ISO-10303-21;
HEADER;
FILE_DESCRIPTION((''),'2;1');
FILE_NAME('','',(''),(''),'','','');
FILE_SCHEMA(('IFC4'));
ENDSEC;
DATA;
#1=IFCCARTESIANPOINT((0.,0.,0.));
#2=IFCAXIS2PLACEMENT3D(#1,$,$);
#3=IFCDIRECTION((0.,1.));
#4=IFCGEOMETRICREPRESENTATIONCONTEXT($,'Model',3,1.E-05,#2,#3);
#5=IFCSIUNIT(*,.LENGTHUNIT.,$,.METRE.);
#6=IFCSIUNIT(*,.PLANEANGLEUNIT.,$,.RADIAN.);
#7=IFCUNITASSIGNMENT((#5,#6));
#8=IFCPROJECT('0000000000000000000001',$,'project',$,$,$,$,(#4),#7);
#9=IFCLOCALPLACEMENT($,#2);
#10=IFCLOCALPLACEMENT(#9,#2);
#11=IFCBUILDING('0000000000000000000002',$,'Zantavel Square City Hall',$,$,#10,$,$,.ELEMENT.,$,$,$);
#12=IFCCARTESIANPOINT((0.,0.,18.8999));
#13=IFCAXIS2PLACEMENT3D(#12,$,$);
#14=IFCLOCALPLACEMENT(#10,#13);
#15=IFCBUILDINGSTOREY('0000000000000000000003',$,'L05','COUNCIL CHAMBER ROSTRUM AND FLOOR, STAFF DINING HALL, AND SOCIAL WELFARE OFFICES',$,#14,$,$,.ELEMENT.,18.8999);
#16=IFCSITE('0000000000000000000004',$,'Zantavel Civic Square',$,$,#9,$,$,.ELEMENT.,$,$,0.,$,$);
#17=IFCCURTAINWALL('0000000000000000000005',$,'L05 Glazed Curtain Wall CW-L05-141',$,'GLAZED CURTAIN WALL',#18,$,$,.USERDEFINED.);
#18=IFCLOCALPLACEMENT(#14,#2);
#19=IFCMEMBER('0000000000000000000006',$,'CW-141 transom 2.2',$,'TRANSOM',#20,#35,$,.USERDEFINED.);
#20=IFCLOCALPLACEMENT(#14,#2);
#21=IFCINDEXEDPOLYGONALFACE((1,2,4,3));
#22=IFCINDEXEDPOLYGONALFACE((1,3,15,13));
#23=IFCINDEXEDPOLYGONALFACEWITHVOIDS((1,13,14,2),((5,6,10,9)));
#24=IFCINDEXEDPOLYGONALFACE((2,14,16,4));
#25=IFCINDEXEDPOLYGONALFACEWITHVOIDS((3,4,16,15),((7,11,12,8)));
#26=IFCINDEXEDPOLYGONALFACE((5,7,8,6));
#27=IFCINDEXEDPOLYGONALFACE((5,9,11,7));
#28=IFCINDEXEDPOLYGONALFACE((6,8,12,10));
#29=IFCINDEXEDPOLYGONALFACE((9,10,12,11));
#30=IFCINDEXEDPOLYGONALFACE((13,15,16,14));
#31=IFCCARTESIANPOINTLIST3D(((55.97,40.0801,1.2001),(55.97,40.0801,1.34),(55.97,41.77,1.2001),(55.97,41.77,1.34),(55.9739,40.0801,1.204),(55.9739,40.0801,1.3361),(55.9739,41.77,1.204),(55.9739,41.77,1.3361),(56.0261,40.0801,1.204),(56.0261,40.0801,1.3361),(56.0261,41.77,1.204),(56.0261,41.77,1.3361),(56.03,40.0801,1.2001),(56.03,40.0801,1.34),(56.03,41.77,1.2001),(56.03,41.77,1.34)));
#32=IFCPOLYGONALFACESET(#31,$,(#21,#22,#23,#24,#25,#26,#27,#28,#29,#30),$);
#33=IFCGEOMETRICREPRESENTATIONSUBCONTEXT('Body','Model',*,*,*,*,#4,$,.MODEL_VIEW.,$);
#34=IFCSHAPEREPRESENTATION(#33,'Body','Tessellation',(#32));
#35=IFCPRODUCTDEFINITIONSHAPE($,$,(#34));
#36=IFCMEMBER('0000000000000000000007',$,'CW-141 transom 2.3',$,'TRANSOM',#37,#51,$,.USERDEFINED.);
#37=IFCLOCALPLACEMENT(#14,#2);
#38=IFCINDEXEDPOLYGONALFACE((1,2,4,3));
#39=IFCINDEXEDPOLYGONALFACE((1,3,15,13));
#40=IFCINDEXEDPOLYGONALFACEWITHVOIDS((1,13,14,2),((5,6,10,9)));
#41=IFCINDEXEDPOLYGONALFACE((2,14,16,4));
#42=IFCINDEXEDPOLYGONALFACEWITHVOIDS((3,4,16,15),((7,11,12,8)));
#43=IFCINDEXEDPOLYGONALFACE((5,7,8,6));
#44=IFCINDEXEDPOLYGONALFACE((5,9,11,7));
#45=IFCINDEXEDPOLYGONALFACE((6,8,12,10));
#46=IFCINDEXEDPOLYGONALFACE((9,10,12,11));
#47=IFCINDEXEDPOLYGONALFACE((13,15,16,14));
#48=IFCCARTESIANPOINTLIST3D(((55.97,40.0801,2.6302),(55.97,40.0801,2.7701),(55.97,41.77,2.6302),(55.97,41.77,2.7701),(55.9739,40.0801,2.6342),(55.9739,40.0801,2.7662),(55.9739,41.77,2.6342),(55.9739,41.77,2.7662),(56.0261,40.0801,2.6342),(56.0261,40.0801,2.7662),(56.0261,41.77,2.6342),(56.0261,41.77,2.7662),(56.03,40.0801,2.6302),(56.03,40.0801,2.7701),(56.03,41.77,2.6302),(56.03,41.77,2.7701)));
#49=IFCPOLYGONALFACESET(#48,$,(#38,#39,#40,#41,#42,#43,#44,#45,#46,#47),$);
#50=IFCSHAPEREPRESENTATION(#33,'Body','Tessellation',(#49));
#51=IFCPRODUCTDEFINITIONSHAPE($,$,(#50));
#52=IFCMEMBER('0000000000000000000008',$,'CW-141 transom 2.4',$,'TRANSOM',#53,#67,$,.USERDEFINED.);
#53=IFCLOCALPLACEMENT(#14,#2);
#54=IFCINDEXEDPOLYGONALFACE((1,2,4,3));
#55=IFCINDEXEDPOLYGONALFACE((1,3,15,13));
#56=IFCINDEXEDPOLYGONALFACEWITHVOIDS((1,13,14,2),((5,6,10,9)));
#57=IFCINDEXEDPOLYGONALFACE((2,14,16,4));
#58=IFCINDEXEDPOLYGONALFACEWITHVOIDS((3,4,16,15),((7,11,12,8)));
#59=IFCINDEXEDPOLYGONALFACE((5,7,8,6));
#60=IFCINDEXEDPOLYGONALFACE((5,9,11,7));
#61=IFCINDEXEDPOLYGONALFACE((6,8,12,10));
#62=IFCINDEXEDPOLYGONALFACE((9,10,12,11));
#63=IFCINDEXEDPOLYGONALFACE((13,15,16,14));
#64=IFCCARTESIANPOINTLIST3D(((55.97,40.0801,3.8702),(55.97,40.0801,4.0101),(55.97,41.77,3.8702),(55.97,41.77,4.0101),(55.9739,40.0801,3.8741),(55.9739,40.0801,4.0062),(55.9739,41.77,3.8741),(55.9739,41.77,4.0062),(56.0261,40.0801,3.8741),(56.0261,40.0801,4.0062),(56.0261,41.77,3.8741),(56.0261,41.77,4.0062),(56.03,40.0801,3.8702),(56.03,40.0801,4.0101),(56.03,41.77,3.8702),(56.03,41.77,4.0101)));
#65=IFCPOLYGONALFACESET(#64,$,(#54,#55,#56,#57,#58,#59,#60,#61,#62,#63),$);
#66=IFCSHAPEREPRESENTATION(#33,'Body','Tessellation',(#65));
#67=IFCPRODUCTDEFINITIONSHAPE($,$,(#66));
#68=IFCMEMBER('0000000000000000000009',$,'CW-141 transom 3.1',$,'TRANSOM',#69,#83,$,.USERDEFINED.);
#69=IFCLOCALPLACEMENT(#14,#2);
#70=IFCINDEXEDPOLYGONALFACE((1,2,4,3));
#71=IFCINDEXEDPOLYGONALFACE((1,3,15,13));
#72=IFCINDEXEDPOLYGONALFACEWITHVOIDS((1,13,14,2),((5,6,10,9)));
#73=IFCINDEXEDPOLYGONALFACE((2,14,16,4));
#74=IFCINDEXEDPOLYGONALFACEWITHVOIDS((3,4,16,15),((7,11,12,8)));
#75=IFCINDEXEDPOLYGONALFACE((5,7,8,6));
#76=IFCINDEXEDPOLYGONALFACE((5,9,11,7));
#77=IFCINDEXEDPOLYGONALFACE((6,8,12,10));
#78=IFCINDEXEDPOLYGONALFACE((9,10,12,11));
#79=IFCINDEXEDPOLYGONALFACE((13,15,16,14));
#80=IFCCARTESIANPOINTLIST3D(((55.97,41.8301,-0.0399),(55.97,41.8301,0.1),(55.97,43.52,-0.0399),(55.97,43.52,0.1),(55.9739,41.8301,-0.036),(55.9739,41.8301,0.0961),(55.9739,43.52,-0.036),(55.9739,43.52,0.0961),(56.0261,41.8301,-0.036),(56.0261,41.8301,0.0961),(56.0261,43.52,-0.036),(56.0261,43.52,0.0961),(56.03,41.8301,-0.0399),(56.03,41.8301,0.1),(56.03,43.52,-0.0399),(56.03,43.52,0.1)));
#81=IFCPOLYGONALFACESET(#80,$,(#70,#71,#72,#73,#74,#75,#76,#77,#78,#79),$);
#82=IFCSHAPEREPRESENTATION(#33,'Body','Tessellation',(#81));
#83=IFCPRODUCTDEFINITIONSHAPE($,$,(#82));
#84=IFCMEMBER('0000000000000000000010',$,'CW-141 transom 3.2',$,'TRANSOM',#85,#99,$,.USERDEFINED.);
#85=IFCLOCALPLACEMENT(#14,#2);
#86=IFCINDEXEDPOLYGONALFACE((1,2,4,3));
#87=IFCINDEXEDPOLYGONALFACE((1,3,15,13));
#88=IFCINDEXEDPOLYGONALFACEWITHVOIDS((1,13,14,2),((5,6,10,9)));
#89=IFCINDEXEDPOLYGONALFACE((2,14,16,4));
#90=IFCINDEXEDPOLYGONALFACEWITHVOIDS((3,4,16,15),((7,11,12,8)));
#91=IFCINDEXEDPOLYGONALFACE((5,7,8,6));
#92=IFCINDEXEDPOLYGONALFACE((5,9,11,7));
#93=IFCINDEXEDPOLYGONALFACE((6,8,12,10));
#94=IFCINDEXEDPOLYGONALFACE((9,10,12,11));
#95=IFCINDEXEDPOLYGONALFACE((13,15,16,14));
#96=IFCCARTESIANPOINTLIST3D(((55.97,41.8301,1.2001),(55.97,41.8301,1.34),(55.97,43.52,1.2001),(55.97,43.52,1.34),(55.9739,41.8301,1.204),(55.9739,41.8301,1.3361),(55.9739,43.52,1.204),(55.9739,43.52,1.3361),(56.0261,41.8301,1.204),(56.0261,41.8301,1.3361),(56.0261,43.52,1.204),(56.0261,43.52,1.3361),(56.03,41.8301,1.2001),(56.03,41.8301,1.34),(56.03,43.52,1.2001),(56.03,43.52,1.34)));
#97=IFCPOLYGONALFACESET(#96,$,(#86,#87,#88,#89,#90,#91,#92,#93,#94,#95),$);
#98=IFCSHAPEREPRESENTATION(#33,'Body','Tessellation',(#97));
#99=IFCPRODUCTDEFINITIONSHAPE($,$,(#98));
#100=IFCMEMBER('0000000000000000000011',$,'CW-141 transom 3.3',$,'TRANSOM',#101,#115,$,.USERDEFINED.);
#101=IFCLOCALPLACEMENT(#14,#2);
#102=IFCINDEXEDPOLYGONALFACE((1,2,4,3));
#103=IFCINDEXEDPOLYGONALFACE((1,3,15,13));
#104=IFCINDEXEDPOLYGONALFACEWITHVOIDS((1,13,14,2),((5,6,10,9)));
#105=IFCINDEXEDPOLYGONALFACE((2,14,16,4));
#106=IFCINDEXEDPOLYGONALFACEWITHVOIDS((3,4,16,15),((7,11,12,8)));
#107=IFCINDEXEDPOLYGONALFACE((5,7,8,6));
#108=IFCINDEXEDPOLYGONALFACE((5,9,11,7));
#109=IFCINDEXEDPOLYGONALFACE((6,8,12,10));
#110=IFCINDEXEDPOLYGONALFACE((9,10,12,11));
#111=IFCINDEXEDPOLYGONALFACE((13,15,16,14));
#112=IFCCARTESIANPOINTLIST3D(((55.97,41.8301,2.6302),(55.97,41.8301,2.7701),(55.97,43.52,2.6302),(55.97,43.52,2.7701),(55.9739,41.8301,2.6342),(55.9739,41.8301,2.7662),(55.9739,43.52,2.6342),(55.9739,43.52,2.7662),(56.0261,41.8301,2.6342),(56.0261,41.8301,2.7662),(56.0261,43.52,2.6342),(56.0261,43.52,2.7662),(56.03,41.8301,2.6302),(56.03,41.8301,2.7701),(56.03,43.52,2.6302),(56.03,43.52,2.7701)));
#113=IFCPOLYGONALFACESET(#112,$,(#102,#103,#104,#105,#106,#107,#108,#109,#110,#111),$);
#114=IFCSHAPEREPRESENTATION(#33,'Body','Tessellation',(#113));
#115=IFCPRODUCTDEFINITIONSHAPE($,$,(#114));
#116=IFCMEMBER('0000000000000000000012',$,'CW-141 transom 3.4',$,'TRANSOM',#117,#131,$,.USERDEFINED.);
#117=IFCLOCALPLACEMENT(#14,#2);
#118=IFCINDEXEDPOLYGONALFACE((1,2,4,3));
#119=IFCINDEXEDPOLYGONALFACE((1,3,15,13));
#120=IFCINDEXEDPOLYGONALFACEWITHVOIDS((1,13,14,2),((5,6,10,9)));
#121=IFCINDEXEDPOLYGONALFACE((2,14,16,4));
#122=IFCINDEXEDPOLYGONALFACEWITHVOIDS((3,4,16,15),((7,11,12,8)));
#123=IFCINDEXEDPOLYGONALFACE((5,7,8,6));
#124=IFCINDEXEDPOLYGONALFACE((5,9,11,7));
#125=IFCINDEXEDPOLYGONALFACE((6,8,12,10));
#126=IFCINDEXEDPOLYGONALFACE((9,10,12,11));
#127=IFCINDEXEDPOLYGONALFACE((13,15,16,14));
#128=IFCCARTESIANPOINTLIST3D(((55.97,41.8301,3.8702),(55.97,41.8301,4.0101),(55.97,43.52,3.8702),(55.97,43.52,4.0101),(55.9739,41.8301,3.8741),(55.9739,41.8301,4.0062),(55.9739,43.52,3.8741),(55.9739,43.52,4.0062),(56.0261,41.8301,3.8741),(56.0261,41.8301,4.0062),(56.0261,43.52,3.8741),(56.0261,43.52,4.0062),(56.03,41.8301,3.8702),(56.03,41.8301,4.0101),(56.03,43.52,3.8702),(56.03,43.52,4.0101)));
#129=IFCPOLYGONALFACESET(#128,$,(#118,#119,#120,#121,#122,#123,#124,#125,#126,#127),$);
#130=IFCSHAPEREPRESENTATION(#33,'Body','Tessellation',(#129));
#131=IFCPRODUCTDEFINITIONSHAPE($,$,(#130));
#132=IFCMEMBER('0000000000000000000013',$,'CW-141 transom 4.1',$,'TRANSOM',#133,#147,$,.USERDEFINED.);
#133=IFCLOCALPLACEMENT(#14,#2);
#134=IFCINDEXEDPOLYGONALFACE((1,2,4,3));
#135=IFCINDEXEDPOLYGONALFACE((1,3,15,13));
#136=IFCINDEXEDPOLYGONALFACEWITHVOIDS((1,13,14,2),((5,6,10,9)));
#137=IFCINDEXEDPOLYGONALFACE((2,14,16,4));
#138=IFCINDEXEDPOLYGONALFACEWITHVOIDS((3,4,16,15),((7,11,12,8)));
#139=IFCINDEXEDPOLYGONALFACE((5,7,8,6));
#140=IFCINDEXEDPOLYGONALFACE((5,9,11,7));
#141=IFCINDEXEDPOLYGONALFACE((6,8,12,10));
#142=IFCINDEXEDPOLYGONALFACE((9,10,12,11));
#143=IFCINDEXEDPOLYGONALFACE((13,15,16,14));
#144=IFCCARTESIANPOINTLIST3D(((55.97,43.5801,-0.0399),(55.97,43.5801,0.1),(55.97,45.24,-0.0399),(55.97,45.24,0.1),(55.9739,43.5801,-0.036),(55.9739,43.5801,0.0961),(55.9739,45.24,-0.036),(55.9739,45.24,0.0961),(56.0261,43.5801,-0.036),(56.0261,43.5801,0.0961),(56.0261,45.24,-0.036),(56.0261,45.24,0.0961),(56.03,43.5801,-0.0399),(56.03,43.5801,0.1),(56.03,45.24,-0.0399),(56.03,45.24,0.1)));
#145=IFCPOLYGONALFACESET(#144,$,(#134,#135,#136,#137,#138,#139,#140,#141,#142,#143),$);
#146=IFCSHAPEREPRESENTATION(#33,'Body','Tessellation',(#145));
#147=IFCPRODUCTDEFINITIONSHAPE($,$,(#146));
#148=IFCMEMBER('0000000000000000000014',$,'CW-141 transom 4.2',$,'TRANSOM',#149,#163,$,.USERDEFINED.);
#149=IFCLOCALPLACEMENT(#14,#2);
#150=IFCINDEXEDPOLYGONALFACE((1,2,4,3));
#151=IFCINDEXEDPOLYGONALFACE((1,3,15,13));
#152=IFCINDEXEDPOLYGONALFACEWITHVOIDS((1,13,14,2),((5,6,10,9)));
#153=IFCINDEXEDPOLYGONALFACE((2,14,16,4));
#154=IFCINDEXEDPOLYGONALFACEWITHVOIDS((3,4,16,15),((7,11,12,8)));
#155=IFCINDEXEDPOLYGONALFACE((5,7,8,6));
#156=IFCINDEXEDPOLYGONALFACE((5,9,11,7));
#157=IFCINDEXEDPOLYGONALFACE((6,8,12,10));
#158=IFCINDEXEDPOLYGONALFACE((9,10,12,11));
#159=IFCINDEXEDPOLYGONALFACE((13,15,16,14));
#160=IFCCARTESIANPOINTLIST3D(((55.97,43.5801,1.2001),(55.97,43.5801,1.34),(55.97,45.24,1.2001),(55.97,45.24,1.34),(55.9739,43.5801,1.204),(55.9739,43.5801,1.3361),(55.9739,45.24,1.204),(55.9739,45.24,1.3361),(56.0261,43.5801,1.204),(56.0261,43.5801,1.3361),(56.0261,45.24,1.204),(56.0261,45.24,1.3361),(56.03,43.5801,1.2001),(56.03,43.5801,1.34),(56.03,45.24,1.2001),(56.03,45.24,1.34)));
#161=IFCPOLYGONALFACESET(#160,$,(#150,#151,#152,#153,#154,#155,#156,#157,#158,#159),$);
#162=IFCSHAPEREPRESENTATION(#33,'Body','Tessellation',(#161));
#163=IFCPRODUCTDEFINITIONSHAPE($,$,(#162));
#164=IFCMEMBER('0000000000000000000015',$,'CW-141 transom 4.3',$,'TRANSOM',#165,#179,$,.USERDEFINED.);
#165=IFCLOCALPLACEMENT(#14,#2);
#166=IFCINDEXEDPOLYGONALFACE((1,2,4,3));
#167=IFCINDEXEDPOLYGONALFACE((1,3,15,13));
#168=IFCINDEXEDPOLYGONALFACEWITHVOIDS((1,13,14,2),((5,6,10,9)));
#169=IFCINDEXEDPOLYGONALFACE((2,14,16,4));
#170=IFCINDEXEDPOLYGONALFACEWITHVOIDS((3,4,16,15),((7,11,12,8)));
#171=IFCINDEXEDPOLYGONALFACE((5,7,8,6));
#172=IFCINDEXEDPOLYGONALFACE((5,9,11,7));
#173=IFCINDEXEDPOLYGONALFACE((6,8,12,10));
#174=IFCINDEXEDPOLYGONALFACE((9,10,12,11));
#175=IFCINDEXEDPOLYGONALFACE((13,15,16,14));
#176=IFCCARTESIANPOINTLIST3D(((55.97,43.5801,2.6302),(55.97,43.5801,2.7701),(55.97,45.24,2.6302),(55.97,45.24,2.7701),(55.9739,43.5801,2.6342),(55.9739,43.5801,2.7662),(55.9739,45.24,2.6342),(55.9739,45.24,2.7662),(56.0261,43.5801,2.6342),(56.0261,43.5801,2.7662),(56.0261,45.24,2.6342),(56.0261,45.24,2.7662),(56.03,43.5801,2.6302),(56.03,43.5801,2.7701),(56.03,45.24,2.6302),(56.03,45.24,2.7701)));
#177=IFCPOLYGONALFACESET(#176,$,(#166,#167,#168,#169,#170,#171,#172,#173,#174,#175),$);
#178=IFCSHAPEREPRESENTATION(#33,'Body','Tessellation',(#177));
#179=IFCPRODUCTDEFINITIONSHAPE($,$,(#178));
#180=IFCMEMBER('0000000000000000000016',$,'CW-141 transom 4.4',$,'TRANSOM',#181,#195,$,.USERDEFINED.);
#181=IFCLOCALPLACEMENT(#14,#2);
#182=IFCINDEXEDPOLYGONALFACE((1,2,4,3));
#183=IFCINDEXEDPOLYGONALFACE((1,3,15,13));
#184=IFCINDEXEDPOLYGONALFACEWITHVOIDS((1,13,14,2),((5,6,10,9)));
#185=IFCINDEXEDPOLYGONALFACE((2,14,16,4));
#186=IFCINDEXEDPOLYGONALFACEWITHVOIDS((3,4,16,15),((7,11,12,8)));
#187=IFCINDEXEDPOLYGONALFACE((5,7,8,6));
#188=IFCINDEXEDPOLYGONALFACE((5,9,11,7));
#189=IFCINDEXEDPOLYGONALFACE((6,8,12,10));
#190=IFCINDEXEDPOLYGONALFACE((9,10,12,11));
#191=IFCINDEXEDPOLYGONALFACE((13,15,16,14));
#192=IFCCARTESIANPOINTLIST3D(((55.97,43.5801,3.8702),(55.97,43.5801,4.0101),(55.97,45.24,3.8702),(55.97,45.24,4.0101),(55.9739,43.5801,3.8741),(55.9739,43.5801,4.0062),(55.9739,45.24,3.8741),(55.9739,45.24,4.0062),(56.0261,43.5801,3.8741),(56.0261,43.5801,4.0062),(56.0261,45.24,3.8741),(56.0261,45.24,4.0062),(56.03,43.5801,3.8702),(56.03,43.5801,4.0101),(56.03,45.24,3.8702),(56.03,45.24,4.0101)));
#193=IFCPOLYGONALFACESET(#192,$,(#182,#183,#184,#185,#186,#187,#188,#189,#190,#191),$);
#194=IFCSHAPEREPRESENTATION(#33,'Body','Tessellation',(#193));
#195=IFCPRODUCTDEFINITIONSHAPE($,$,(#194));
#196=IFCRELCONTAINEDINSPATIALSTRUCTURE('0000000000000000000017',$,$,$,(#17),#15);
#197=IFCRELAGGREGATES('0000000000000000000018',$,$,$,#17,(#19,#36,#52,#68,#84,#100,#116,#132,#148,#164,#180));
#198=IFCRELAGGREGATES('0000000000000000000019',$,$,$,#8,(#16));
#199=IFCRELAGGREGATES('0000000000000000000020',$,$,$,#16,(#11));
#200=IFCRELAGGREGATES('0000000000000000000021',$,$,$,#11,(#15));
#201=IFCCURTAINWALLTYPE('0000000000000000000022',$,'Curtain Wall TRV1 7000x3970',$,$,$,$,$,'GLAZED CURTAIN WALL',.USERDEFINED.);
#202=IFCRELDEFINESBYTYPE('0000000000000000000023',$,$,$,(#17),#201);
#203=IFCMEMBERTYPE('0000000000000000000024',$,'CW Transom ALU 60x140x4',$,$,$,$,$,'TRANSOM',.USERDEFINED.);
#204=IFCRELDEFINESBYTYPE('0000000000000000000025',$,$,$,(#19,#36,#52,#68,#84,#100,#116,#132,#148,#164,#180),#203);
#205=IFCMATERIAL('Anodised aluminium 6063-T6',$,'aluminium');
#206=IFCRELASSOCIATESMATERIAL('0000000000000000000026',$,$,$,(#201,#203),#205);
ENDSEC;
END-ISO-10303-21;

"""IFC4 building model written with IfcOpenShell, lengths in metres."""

from ifc_helpers import new_model, si_unit, direction, frame, origin, origin_2d, place, context, subcontext, project, spatial, hollow_rectangle, extrude, material, material_profile, profile_set, type_object, element, aggregate, save


model = new_model("IFC4")

# Units and contexts
model_context = context("Model", 3, precision=1e-05, world=origin(), true_north=direction((0.0, 1.0)))
body_context = subcontext(model_context, "Body", "Model", "MODEL_VIEW")
ifc_project = project(units=[si_unit("LENGTHUNIT", "METRE"), si_unit("PLANEANGLEUNIT", "RADIAN")], contexts=[model_context])

# Site, building, storey
site_placement = place(None, origin())
site = spatial("IfcSite", under=ifc_project, at=site_placement, Name="Zantavel Civic Square", CompositionType="ELEMENT", RefElevation=0.0)
building_placement = place(site_placement, origin())
building = spatial("IfcBuilding", under=site, at=building_placement, Name="Zantavel Square City Hall", CompositionType="ELEMENT")
storey_placement = place(building_placement, frame((0.0, 0.0, 18.8999)))
storey = spatial("IfcBuildingStorey", under=building, at=storey_placement, Name="L05", Description="COUNCIL CHAMBER ROSTRUM AND FLOOR, STAFF DINING HALL, AND SOCIAL WELFARE OFFICES", CompositionType="ELEMENT", Elevation=18.8999)

# Shared definitions
ifc_material_1 = material(Name="Anodised aluminium 6063-T6", Category="aluminium")
curtain_wall_type = type_object("IfcCurtainWallType", Name="Curtain Wall TRV1 7000x3970", ElementType="GLAZED CURTAIN WALL", PredefinedType="USERDEFINED", material=ifc_material_1)

# Curtain wall, members
curtain_wall_1_placement = place(storey_placement, origin())
curtain_wall_1 = element("IfcCurtainWall", 1, at=curtain_wall_1_placement, inside=storey, type_object=curtain_wall_type, Name="L05 Glazed Curtain Wall CW-L05-141", ObjectType="GLAZED CURTAIN WALL", PredefinedType="USERDEFINED")
ifc_material_profile_1 = material_profile(ifc_material_1, hollow_rectangle(XDim=0.0601, YDim=0.1399, WallThickness=0.0039, at=origin_2d()), Name="ALU 60x140x4")
ifc_profile_set_1 = profile_set([ifc_material_profile_1], Name="Anodised aluminium 6063-T6")
member_type_1 = type_object("IfcMemberType", Name="CW Transom ALU 60x140x4", ElementType="TRANSOM", PredefinedType="USERDEFINED", material=ifc_profile_set_1)
member_1_placement = place(storey_placement, frame((56.0, 40.0801, 1.27), z_axis=(0.0, 1.0, 0.0), x_axis=(-1.0, 0.0, 0.0)))
member_1 = element("IfcMember", 2, at=member_1_placement, type_object=member_type_1, Name="CW-141 transom 2.2", ObjectType="TRANSOM", PredefinedType="USERDEFINED", context=body_context, shape_type="SweptSolid", body=[
    extrude(hollow_rectangle(XDim=0.0601, YDim=0.1399, WallThickness=0.0039, at=origin_2d()), origin(), (0.0, 0.0, 1.0), 1.6899),
])
member_2_placement = place(storey_placement, frame((56.0, 40.0801, 2.7002), z_axis=(0.0, 1.0, 0.0), x_axis=(-1.0, 0.0, 0.0)))
member_2 = element("IfcMember", 3, at=member_2_placement, type_object=member_type_1, Name="CW-141 transom 2.3", ObjectType="TRANSOM", PredefinedType="USERDEFINED", context=body_context, shape_type="SweptSolid", body=[
    extrude(hollow_rectangle(XDim=0.0601, YDim=0.1399, WallThickness=0.0039, at=origin_2d()), origin(), (0.0, 0.0, 1.0), 1.6899),
])
member_3_placement = place(storey_placement, frame((56.0, 40.0801, 3.9402), z_axis=(0.0, 1.0, 0.0), x_axis=(-1.0, 0.0, 0.0)))
member_3 = element("IfcMember", 4, at=member_3_placement, type_object=member_type_1, Name="CW-141 transom 2.4", ObjectType="TRANSOM", PredefinedType="USERDEFINED", context=body_context, shape_type="SweptSolid", body=[
    extrude(hollow_rectangle(XDim=0.0601, YDim=0.1399, WallThickness=0.0039, at=origin_2d()), origin(), (0.0, 0.0, 1.0), 1.6899),
])
member_4_placement = place(storey_placement, frame((56.0, 41.8301, 0.03), z_axis=(0.0, 1.0, 0.0), x_axis=(-1.0, 0.0, 0.0)))
member_4 = element("IfcMember", 5, at=member_4_placement, type_object=member_type_1, Name="CW-141 transom 3.1", ObjectType="TRANSOM", PredefinedType="USERDEFINED", context=body_context, shape_type="SweptSolid", body=[
    extrude(hollow_rectangle(XDim=0.0601, YDim=0.1399, WallThickness=0.0039, at=origin_2d()), origin(), (0.0, 0.0, 1.0), 1.6899),
])
member_5_placement = place(storey_placement, frame((56.0, 41.8301, 1.27), z_axis=(0.0, 1.0, 0.0), x_axis=(-1.0, 0.0, 0.0)))
member_5 = element("IfcMember", 6, at=member_5_placement, type_object=member_type_1, Name="CW-141 transom 3.2", ObjectType="TRANSOM", PredefinedType="USERDEFINED", context=body_context, shape_type="SweptSolid", body=[
    extrude(hollow_rectangle(XDim=0.0601, YDim=0.1399, WallThickness=0.0039, at=origin_2d()), origin(), (0.0, 0.0, 1.0), 1.6899),
])
member_6_placement = place(storey_placement, frame((56.0, 41.8301, 2.7002), z_axis=(0.0, 1.0, 0.0), x_axis=(-1.0, 0.0, 0.0)))
member_6 = element("IfcMember", 7, at=member_6_placement, type_object=member_type_1, Name="CW-141 transom 3.3", ObjectType="TRANSOM", PredefinedType="USERDEFINED", context=body_context, shape_type="SweptSolid", body=[
    extrude(hollow_rectangle(XDim=0.0601, YDim=0.1399, WallThickness=0.0039, at=origin_2d()), origin(), (0.0, 0.0, 1.0), 1.6899),
])
member_7_placement = place(storey_placement, frame((56.0, 41.8301, 3.9402), z_axis=(0.0, 1.0, 0.0), x_axis=(-1.0, 0.0, 0.0)))
member_7 = element("IfcMember", 8, at=member_7_placement, type_object=member_type_1, Name="CW-141 transom 3.4", ObjectType="TRANSOM", PredefinedType="USERDEFINED", context=body_context, shape_type="SweptSolid", body=[
    extrude(hollow_rectangle(XDim=0.0601, YDim=0.1399, WallThickness=0.0039, at=origin_2d()), origin(), (0.0, 0.0, 1.0), 1.6899),
])
member_8_placement = place(storey_placement, frame((56.0, 43.5801, 0.03), z_axis=(0.0, 1.0, 0.0), x_axis=(-1.0, 0.0, 0.0)))
member_8 = element("IfcMember", 9, at=member_8_placement, type_object=member_type_1, Name="CW-141 transom 4.1", ObjectType="TRANSOM", PredefinedType="USERDEFINED", context=body_context, shape_type="SweptSolid", body=[
    extrude(hollow_rectangle(XDim=0.0601, YDim=0.1399, WallThickness=0.0039, at=origin_2d()), origin(), (0.0, 0.0, 1.0), 1.6599),
])
member_9_placement = place(storey_placement, frame((56.0, 43.5801, 1.27), z_axis=(0.0, 1.0, 0.0), x_axis=(-1.0, 0.0, 0.0)))
member_9 = element("IfcMember", 10, at=member_9_placement, type_object=member_type_1, Name="CW-141 transom 4.2", ObjectType="TRANSOM", PredefinedType="USERDEFINED", context=body_context, shape_type="SweptSolid", body=[
    extrude(hollow_rectangle(XDim=0.0601, YDim=0.1399, WallThickness=0.0039, at=origin_2d()), origin(), (0.0, 0.0, 1.0), 1.6599),
])
member_10_placement = place(storey_placement, frame((56.0, 43.5801, 2.7002), z_axis=(0.0, 1.0, 0.0), x_axis=(-1.0, 0.0, 0.0)))
member_10 = element("IfcMember", 11, at=member_10_placement, type_object=member_type_1, Name="CW-141 transom 4.3", ObjectType="TRANSOM", PredefinedType="USERDEFINED", context=body_context, shape_type="SweptSolid", body=[
    extrude(hollow_rectangle(XDim=0.0601, YDim=0.1399, WallThickness=0.0039, at=origin_2d()), origin(), (0.0, 0.0, 1.0), 1.6599),
])
member_11_placement = place(storey_placement, frame((56.0, 43.5801, 3.9402), z_axis=(0.0, 1.0, 0.0), x_axis=(-1.0, 0.0, 0.0)))
member_11 = element("IfcMember", 12, at=member_11_placement, type_object=member_type_1, Name="CW-141 transom 4.4", ObjectType="TRANSOM", PredefinedType="USERDEFINED", context=body_context, shape_type="SweptSolid", body=[
    extrude(hollow_rectangle(XDim=0.0601, YDim=0.1399, WallThickness=0.0039, at=origin_2d()), origin(), (0.0, 0.0, 1.0), 1.6599),
])

aggregate(curtain_wall_1, [member_1, member_2, member_3, member_4, member_5, member_6, member_7, member_8, member_9, member_10, member_11])

save(model, "model.ifc")
